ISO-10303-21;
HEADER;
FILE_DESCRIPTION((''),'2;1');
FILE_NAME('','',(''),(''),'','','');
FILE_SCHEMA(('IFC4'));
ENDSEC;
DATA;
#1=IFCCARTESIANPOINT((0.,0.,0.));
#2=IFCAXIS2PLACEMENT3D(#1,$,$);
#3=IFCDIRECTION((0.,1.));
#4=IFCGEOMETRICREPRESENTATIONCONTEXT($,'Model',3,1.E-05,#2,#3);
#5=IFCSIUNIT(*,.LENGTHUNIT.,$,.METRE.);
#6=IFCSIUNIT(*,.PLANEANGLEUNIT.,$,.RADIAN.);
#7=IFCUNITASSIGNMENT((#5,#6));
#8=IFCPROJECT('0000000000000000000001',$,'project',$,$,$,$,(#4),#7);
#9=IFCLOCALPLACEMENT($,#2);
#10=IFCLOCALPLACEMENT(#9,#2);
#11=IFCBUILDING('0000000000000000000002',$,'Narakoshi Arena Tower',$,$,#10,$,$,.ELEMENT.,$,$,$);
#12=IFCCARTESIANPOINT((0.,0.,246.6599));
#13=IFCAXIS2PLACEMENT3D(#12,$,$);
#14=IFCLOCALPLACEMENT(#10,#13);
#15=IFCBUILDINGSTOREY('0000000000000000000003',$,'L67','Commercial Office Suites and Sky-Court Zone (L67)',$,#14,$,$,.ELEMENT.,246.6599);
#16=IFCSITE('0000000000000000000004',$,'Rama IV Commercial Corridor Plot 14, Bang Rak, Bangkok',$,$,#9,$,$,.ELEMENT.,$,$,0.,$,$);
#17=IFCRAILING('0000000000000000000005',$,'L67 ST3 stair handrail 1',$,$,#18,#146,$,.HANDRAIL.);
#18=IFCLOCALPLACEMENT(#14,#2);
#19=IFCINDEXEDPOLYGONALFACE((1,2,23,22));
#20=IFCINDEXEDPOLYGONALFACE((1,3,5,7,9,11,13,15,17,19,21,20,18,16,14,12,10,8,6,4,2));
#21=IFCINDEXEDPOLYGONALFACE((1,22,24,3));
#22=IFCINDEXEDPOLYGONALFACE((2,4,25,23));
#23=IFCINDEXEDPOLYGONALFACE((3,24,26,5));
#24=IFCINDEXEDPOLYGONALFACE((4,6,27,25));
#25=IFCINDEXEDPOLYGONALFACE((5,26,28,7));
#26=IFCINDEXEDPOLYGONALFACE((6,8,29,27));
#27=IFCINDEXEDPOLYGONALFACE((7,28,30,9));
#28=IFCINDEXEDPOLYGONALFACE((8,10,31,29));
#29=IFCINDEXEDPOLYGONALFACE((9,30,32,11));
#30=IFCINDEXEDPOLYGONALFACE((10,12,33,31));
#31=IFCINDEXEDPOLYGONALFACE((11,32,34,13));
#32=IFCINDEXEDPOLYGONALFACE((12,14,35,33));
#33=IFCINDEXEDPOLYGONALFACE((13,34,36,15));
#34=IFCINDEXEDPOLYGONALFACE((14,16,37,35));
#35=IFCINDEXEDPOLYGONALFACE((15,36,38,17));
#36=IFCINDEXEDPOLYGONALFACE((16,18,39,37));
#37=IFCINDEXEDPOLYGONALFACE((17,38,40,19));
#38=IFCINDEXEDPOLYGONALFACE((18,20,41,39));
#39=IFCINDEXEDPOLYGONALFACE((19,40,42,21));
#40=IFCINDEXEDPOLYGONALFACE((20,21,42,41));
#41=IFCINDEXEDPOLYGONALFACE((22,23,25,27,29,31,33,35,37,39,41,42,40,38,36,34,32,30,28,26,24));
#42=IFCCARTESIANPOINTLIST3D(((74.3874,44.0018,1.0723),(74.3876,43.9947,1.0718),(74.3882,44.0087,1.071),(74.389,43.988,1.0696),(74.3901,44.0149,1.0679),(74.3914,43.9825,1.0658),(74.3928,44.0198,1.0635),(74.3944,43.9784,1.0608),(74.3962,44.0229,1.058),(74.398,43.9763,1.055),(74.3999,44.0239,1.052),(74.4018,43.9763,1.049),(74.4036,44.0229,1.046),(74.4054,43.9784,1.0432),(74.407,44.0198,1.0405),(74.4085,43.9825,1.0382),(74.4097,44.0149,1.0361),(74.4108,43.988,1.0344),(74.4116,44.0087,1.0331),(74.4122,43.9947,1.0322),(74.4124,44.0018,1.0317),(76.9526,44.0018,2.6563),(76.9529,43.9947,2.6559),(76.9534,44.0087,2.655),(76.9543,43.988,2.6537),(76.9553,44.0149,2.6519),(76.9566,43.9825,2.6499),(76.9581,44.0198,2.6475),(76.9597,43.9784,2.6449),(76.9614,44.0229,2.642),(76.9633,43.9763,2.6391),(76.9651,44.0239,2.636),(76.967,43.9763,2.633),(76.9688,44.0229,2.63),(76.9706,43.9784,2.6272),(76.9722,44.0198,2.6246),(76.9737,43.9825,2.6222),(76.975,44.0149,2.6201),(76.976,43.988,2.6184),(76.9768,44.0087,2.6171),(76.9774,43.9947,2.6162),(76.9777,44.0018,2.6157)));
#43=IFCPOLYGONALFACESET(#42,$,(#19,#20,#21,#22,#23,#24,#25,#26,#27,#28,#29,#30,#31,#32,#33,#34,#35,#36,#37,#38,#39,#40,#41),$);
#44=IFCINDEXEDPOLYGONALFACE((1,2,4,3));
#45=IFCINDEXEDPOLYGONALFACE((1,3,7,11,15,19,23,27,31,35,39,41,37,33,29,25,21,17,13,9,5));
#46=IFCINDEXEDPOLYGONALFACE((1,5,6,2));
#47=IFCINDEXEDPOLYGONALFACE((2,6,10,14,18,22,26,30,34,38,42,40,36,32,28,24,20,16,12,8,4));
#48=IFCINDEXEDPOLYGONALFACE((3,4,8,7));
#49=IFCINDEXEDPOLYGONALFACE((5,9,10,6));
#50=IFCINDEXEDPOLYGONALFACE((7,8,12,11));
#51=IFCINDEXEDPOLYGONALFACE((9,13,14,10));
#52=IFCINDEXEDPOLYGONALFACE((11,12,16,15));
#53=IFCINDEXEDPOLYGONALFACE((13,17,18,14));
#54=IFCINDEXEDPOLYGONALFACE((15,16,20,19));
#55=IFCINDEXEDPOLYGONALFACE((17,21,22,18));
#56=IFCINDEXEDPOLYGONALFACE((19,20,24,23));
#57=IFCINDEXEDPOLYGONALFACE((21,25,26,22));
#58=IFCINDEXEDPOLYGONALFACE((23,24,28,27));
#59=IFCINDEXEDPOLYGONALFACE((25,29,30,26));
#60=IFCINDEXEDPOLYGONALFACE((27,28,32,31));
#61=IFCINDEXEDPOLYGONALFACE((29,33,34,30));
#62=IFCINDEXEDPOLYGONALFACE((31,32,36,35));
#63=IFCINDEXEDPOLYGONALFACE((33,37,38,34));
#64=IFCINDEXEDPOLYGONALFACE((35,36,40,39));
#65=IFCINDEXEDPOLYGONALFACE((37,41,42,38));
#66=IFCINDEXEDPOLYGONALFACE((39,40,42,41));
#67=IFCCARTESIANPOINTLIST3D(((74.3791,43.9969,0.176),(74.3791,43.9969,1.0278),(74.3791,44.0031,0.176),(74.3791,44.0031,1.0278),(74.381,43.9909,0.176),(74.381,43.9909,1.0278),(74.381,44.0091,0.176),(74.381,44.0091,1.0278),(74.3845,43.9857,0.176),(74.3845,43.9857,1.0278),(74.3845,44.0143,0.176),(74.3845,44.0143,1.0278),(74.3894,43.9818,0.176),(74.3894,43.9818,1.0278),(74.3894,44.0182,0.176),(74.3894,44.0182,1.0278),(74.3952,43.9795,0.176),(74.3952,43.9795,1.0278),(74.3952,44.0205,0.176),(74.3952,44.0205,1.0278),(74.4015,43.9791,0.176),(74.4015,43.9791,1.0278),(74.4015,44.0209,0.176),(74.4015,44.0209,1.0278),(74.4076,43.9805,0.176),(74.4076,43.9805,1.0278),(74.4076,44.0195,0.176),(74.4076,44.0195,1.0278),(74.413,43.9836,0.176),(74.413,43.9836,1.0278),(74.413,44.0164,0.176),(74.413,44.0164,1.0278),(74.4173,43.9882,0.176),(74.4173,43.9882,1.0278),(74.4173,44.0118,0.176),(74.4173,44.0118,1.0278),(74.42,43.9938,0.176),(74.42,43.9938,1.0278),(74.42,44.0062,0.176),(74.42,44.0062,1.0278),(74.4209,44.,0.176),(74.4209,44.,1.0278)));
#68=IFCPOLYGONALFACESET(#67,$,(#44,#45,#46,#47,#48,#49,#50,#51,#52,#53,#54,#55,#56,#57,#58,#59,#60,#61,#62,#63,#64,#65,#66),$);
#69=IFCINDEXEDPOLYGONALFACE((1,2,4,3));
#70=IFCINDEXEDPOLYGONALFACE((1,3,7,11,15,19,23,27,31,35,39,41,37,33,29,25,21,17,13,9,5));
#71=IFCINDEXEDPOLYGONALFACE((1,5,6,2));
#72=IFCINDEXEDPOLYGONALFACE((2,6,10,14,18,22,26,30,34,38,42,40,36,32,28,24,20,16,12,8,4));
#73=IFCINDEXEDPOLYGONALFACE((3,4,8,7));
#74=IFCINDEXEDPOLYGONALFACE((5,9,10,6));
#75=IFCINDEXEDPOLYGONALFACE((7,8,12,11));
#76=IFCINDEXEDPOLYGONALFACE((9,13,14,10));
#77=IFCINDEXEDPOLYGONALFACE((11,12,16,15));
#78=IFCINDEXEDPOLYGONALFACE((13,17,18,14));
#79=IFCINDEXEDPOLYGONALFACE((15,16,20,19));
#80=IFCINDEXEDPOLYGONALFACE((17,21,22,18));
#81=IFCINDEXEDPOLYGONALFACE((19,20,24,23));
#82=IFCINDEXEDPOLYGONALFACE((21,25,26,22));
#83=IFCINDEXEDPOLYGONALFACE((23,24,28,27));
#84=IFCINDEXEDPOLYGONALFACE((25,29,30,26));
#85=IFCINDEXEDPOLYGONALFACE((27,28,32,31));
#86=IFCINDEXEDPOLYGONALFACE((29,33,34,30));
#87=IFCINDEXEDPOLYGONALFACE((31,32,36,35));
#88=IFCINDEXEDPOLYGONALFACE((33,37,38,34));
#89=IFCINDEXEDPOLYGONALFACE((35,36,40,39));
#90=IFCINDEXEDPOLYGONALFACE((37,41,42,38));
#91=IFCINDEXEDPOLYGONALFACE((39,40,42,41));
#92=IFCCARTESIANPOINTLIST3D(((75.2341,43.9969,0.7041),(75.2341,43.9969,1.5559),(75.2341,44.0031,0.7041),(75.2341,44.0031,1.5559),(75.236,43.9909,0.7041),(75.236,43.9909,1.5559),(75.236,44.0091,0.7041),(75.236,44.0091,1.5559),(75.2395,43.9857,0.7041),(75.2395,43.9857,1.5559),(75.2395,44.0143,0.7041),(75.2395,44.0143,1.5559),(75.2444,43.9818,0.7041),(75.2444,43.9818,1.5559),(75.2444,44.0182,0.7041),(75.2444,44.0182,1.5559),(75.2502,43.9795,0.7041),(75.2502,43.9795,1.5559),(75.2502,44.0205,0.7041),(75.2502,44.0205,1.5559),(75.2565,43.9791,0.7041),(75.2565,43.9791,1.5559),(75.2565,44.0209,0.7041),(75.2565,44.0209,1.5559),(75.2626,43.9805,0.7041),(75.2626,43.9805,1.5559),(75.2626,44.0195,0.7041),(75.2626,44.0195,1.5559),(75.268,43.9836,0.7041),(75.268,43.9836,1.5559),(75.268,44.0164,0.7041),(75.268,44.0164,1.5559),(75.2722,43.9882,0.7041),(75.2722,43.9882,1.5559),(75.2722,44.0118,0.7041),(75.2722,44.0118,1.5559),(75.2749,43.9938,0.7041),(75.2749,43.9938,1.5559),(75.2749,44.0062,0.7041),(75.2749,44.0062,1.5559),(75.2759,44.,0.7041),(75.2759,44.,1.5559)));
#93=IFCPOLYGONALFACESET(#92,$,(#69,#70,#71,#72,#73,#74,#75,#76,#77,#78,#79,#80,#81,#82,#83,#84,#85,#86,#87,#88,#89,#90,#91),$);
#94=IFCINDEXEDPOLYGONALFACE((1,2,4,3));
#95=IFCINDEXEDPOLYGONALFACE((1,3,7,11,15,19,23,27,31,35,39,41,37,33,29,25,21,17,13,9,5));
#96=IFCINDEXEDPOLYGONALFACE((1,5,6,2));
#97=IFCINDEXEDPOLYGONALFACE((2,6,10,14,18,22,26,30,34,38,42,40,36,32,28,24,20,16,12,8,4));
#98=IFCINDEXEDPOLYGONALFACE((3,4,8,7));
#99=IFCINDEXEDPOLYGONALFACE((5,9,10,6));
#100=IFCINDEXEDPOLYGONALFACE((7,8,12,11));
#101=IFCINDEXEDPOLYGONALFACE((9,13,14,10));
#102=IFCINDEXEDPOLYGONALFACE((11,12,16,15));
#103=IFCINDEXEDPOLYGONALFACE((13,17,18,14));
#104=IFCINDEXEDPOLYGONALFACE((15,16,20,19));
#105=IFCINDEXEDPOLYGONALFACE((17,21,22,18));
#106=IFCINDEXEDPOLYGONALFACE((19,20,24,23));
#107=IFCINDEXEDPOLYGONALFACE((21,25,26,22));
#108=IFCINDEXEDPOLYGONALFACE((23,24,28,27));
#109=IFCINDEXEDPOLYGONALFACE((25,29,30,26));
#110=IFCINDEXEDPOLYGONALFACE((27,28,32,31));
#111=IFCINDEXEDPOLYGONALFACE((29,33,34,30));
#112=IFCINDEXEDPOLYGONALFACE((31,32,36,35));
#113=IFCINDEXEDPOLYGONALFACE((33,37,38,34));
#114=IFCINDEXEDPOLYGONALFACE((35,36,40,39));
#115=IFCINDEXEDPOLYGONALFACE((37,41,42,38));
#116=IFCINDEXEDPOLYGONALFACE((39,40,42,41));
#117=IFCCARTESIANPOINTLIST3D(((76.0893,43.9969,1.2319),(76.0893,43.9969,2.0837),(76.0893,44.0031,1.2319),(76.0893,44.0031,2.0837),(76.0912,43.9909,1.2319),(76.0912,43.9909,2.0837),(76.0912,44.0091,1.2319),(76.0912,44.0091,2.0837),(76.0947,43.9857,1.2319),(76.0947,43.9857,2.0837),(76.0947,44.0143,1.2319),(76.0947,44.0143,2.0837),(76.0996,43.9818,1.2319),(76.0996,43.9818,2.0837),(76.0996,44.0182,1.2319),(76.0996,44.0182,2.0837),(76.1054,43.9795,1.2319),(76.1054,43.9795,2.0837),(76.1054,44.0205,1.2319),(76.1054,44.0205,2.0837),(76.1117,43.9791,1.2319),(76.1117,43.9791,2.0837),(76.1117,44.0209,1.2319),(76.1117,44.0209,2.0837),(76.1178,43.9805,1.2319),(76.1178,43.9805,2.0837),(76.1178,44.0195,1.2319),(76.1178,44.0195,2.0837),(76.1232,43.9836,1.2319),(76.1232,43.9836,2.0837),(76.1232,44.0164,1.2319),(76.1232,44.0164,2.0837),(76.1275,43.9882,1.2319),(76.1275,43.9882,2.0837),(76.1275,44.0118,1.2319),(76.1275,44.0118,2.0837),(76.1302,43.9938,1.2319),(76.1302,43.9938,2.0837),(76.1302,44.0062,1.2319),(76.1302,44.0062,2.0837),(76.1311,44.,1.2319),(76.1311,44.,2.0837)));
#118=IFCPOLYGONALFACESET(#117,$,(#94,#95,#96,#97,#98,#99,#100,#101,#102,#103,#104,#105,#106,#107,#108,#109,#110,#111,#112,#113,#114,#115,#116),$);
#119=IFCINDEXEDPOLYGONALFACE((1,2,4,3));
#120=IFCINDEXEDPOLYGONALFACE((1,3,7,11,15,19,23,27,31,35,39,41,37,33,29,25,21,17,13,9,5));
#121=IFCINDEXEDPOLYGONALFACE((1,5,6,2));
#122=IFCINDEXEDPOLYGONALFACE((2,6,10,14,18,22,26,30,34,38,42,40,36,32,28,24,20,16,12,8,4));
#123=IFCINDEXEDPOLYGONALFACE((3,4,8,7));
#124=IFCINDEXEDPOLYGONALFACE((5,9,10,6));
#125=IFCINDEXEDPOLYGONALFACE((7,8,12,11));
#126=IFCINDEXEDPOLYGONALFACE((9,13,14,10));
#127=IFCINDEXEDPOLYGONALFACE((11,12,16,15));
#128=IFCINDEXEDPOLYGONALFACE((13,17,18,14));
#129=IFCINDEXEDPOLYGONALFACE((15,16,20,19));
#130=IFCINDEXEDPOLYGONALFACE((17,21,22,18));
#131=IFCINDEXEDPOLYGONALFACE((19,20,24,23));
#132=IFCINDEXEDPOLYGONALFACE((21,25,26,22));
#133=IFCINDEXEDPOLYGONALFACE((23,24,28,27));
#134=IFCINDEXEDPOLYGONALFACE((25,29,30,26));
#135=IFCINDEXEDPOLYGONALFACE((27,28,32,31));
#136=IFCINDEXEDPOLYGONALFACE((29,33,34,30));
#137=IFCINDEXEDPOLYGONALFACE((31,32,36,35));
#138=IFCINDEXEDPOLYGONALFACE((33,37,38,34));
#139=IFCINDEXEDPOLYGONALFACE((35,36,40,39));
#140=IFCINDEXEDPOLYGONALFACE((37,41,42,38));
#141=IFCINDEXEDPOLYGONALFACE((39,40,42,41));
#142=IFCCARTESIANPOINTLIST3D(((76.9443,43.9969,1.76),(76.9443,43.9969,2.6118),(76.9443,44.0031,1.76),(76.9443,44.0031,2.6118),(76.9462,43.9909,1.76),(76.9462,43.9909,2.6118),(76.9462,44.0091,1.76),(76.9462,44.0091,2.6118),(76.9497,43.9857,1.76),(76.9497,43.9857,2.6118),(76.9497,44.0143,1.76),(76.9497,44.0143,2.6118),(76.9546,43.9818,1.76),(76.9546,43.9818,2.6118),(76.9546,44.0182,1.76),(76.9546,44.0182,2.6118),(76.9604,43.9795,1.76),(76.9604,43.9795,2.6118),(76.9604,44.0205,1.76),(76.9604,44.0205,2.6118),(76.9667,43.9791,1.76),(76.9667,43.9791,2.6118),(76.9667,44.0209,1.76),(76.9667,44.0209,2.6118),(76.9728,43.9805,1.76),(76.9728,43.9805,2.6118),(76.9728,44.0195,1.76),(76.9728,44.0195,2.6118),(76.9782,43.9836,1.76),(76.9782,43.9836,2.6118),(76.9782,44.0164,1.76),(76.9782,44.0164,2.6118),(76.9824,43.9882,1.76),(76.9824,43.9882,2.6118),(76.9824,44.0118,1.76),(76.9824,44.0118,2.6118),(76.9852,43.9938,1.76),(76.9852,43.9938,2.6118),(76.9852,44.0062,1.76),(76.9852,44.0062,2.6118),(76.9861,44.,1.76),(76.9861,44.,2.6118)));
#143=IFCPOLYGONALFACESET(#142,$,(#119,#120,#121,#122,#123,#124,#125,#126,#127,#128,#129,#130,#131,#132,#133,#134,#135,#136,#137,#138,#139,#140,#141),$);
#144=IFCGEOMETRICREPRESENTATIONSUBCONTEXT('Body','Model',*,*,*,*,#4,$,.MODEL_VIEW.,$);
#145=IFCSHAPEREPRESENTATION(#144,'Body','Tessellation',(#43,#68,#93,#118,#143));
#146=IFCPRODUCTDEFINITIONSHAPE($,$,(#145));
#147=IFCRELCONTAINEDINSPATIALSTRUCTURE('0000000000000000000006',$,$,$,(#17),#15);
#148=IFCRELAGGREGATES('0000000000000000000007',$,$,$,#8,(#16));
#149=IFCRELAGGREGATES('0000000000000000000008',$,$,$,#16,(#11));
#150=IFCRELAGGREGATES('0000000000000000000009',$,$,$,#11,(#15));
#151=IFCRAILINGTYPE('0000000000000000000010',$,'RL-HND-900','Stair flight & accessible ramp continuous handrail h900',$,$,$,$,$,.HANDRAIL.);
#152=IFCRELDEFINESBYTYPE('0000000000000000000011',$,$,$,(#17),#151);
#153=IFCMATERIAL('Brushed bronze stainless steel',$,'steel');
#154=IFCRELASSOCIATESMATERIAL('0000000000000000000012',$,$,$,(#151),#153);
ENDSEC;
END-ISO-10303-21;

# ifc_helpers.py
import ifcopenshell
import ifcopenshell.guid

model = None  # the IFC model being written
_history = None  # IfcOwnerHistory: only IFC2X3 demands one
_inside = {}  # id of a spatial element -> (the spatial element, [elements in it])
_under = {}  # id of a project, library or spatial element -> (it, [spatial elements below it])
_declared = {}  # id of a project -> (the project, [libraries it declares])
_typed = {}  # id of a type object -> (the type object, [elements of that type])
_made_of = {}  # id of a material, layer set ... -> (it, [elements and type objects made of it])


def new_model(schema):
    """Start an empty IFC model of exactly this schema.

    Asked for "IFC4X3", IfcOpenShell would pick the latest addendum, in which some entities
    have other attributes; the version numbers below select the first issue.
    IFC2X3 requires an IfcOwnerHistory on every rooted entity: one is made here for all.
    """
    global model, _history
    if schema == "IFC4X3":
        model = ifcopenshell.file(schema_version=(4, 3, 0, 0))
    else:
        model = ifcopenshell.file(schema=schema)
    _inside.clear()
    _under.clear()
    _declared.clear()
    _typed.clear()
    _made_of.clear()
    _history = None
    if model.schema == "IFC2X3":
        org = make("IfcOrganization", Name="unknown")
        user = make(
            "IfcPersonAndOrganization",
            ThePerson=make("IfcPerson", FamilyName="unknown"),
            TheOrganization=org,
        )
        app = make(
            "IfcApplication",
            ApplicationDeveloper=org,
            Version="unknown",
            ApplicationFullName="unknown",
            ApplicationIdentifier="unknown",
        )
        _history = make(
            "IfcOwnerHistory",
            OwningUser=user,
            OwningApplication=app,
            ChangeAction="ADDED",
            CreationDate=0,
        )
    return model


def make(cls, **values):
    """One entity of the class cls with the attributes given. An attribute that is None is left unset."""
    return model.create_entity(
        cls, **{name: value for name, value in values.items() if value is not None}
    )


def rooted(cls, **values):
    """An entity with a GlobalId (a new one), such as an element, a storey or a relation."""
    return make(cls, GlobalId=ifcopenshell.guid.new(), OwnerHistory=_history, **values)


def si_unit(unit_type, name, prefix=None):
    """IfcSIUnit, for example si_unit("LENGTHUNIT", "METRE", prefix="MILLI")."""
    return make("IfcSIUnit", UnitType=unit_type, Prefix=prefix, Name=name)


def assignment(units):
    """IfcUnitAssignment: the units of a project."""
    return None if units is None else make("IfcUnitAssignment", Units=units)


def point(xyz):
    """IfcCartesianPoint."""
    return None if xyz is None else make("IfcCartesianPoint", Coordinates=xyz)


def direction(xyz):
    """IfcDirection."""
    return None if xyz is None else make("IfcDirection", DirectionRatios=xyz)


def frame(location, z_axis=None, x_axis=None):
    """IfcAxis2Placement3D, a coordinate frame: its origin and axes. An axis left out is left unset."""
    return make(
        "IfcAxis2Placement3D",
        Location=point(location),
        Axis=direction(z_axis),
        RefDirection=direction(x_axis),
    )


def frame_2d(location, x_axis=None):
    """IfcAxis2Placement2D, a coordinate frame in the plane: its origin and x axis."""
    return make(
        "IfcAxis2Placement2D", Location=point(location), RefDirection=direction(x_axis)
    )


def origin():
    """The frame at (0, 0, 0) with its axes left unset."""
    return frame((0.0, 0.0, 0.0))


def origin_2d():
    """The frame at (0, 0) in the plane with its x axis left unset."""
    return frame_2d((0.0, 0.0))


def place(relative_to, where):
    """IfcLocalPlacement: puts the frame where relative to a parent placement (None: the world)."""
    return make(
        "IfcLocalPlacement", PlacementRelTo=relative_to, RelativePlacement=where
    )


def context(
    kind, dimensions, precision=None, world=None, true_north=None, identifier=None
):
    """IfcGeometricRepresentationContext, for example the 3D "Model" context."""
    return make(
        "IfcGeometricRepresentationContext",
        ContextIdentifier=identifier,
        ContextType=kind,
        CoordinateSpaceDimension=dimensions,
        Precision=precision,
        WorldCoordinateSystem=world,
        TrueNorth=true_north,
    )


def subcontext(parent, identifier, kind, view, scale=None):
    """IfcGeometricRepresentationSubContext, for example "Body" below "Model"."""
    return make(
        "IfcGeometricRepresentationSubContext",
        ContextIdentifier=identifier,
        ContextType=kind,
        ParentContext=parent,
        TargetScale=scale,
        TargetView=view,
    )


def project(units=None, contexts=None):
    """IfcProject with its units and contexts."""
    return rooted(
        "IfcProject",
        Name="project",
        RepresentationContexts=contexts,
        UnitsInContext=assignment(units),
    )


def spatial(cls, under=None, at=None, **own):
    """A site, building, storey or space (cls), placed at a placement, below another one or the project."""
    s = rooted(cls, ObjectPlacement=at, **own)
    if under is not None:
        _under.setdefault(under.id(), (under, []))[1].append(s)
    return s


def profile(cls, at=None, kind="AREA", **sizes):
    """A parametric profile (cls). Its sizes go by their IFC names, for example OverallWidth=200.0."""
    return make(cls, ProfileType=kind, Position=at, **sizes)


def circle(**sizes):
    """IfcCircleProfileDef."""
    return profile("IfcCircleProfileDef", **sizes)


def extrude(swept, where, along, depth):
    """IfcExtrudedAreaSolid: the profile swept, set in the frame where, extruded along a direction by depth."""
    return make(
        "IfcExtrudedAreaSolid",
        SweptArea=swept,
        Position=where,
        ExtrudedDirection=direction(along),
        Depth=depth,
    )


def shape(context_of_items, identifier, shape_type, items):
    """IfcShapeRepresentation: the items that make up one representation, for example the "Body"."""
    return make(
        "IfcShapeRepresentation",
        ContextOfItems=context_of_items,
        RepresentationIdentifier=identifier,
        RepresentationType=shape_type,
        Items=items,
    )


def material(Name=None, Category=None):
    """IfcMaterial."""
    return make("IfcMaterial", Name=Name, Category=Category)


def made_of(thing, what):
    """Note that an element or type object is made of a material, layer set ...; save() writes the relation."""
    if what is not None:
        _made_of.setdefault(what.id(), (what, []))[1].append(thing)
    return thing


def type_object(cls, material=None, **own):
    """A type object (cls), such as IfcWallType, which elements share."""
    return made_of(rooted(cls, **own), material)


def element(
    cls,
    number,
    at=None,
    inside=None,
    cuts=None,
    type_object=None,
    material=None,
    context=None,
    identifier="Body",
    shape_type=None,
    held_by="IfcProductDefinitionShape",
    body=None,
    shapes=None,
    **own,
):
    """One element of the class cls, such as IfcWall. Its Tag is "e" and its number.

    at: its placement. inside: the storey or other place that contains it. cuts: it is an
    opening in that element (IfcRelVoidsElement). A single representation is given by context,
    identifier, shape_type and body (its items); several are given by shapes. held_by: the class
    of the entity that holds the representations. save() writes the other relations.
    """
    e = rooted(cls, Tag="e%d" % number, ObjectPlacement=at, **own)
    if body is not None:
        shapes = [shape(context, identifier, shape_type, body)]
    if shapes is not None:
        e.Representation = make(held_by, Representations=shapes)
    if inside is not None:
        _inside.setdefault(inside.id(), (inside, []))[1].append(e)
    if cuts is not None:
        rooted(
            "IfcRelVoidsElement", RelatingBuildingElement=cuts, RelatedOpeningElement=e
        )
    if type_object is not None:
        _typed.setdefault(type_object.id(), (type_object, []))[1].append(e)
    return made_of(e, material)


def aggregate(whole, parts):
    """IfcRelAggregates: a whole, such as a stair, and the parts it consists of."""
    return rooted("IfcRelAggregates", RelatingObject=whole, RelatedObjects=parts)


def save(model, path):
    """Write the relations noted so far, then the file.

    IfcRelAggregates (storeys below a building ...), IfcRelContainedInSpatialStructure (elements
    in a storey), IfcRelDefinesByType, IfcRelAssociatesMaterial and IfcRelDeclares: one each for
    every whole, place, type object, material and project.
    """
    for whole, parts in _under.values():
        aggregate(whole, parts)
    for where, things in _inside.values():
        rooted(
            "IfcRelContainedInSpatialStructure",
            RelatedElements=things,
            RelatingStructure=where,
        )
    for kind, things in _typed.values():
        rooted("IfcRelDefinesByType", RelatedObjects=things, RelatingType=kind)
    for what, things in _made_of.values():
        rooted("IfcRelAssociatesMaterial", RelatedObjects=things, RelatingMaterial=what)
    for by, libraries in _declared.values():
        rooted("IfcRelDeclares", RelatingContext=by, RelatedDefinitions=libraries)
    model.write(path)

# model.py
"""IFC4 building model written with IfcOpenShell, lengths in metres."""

from ifc_helpers import new_model, si_unit, direction, frame, origin, origin_2d, place, context, subcontext, project, spatial, circle, extrude, material, type_object, element, save


model = new_model("IFC4")

# Units and contexts
model_context = context("Model", 3, precision=1e-05, world=origin(), true_north=direction((0.0, 1.0)))
body_context = subcontext(model_context, "Body", "Model", "MODEL_VIEW")
ifc_project = project(units=[si_unit("LENGTHUNIT", "METRE"), si_unit("PLANEANGLEUNIT", "RADIAN")], contexts=[model_context])

# Site, building, storey
site_placement = place(None, origin())
site = spatial("IfcSite", under=ifc_project, at=site_placement, Name="Rama IV Commercial Corridor Plot 14, Bang Rak, Bangkok", CompositionType="ELEMENT", RefElevation=0.0)
building_placement = place(site_placement, origin())
building = spatial("IfcBuilding", under=site, at=building_placement, Name="Narakoshi Arena Tower", CompositionType="ELEMENT")
storey_placement = place(building_placement, frame((0.0, 0.0, 246.6599)))
storey = spatial("IfcBuildingStorey", under=building, at=storey_placement, Name="L67", Description="Commercial Office Suites and Sky-Court Zone (L67)", CompositionType="ELEMENT", Elevation=246.6599)

# Railing
ifc_material_1 = material(Name="Brushed bronze stainless steel", Category="steel")
railing_type_1 = type_object("IfcRailingType", Name="RL-HND-900", Description="Stair flight & accessible ramp continuous handrail h900", PredefinedType="HANDRAIL", material=ifc_material_1)
railing_1_placement = place(storey_placement, frame((74.3999, 44.0, 0.176)))
element("IfcRailing", 1, at=railing_1_placement, inside=storey, type_object=railing_type_1, Name="L67 ST3 stair handrail 1", PredefinedType="HANDRAIL", context=body_context, shape_type="SweptSolid", body=[
    extrude(circle(Radius=0.0239, at=origin_2d()), frame((0.0, 0.0, 0.876), z_axis=(0.850857, 0.0, 0.525398), x_axis=(0.0, 1.0, 0.0)), (0.0, 0.0, 1.0), 3.0149),
    extrude(circle(Radius=0.021, at=origin_2d()), origin(), (0.0, 0.0, 1.0), 0.8518),
    extrude(circle(Radius=0.021, at=origin_2d()), frame((0.855, 0.0, 0.5281)), (0.0, 0.0, 1.0), 0.8518),
    extrude(circle(Radius=0.021, at=origin_2d()), frame((1.7102, 0.0, 1.0559)), (0.0, 0.0, 1.0), 0.8518),
    extrude(circle(Radius=0.021, at=origin_2d()), frame((2.5652, 0.0, 1.584)), (0.0, 0.0, 1.0), 0.8518),
])

save(model, "model.ifc")
